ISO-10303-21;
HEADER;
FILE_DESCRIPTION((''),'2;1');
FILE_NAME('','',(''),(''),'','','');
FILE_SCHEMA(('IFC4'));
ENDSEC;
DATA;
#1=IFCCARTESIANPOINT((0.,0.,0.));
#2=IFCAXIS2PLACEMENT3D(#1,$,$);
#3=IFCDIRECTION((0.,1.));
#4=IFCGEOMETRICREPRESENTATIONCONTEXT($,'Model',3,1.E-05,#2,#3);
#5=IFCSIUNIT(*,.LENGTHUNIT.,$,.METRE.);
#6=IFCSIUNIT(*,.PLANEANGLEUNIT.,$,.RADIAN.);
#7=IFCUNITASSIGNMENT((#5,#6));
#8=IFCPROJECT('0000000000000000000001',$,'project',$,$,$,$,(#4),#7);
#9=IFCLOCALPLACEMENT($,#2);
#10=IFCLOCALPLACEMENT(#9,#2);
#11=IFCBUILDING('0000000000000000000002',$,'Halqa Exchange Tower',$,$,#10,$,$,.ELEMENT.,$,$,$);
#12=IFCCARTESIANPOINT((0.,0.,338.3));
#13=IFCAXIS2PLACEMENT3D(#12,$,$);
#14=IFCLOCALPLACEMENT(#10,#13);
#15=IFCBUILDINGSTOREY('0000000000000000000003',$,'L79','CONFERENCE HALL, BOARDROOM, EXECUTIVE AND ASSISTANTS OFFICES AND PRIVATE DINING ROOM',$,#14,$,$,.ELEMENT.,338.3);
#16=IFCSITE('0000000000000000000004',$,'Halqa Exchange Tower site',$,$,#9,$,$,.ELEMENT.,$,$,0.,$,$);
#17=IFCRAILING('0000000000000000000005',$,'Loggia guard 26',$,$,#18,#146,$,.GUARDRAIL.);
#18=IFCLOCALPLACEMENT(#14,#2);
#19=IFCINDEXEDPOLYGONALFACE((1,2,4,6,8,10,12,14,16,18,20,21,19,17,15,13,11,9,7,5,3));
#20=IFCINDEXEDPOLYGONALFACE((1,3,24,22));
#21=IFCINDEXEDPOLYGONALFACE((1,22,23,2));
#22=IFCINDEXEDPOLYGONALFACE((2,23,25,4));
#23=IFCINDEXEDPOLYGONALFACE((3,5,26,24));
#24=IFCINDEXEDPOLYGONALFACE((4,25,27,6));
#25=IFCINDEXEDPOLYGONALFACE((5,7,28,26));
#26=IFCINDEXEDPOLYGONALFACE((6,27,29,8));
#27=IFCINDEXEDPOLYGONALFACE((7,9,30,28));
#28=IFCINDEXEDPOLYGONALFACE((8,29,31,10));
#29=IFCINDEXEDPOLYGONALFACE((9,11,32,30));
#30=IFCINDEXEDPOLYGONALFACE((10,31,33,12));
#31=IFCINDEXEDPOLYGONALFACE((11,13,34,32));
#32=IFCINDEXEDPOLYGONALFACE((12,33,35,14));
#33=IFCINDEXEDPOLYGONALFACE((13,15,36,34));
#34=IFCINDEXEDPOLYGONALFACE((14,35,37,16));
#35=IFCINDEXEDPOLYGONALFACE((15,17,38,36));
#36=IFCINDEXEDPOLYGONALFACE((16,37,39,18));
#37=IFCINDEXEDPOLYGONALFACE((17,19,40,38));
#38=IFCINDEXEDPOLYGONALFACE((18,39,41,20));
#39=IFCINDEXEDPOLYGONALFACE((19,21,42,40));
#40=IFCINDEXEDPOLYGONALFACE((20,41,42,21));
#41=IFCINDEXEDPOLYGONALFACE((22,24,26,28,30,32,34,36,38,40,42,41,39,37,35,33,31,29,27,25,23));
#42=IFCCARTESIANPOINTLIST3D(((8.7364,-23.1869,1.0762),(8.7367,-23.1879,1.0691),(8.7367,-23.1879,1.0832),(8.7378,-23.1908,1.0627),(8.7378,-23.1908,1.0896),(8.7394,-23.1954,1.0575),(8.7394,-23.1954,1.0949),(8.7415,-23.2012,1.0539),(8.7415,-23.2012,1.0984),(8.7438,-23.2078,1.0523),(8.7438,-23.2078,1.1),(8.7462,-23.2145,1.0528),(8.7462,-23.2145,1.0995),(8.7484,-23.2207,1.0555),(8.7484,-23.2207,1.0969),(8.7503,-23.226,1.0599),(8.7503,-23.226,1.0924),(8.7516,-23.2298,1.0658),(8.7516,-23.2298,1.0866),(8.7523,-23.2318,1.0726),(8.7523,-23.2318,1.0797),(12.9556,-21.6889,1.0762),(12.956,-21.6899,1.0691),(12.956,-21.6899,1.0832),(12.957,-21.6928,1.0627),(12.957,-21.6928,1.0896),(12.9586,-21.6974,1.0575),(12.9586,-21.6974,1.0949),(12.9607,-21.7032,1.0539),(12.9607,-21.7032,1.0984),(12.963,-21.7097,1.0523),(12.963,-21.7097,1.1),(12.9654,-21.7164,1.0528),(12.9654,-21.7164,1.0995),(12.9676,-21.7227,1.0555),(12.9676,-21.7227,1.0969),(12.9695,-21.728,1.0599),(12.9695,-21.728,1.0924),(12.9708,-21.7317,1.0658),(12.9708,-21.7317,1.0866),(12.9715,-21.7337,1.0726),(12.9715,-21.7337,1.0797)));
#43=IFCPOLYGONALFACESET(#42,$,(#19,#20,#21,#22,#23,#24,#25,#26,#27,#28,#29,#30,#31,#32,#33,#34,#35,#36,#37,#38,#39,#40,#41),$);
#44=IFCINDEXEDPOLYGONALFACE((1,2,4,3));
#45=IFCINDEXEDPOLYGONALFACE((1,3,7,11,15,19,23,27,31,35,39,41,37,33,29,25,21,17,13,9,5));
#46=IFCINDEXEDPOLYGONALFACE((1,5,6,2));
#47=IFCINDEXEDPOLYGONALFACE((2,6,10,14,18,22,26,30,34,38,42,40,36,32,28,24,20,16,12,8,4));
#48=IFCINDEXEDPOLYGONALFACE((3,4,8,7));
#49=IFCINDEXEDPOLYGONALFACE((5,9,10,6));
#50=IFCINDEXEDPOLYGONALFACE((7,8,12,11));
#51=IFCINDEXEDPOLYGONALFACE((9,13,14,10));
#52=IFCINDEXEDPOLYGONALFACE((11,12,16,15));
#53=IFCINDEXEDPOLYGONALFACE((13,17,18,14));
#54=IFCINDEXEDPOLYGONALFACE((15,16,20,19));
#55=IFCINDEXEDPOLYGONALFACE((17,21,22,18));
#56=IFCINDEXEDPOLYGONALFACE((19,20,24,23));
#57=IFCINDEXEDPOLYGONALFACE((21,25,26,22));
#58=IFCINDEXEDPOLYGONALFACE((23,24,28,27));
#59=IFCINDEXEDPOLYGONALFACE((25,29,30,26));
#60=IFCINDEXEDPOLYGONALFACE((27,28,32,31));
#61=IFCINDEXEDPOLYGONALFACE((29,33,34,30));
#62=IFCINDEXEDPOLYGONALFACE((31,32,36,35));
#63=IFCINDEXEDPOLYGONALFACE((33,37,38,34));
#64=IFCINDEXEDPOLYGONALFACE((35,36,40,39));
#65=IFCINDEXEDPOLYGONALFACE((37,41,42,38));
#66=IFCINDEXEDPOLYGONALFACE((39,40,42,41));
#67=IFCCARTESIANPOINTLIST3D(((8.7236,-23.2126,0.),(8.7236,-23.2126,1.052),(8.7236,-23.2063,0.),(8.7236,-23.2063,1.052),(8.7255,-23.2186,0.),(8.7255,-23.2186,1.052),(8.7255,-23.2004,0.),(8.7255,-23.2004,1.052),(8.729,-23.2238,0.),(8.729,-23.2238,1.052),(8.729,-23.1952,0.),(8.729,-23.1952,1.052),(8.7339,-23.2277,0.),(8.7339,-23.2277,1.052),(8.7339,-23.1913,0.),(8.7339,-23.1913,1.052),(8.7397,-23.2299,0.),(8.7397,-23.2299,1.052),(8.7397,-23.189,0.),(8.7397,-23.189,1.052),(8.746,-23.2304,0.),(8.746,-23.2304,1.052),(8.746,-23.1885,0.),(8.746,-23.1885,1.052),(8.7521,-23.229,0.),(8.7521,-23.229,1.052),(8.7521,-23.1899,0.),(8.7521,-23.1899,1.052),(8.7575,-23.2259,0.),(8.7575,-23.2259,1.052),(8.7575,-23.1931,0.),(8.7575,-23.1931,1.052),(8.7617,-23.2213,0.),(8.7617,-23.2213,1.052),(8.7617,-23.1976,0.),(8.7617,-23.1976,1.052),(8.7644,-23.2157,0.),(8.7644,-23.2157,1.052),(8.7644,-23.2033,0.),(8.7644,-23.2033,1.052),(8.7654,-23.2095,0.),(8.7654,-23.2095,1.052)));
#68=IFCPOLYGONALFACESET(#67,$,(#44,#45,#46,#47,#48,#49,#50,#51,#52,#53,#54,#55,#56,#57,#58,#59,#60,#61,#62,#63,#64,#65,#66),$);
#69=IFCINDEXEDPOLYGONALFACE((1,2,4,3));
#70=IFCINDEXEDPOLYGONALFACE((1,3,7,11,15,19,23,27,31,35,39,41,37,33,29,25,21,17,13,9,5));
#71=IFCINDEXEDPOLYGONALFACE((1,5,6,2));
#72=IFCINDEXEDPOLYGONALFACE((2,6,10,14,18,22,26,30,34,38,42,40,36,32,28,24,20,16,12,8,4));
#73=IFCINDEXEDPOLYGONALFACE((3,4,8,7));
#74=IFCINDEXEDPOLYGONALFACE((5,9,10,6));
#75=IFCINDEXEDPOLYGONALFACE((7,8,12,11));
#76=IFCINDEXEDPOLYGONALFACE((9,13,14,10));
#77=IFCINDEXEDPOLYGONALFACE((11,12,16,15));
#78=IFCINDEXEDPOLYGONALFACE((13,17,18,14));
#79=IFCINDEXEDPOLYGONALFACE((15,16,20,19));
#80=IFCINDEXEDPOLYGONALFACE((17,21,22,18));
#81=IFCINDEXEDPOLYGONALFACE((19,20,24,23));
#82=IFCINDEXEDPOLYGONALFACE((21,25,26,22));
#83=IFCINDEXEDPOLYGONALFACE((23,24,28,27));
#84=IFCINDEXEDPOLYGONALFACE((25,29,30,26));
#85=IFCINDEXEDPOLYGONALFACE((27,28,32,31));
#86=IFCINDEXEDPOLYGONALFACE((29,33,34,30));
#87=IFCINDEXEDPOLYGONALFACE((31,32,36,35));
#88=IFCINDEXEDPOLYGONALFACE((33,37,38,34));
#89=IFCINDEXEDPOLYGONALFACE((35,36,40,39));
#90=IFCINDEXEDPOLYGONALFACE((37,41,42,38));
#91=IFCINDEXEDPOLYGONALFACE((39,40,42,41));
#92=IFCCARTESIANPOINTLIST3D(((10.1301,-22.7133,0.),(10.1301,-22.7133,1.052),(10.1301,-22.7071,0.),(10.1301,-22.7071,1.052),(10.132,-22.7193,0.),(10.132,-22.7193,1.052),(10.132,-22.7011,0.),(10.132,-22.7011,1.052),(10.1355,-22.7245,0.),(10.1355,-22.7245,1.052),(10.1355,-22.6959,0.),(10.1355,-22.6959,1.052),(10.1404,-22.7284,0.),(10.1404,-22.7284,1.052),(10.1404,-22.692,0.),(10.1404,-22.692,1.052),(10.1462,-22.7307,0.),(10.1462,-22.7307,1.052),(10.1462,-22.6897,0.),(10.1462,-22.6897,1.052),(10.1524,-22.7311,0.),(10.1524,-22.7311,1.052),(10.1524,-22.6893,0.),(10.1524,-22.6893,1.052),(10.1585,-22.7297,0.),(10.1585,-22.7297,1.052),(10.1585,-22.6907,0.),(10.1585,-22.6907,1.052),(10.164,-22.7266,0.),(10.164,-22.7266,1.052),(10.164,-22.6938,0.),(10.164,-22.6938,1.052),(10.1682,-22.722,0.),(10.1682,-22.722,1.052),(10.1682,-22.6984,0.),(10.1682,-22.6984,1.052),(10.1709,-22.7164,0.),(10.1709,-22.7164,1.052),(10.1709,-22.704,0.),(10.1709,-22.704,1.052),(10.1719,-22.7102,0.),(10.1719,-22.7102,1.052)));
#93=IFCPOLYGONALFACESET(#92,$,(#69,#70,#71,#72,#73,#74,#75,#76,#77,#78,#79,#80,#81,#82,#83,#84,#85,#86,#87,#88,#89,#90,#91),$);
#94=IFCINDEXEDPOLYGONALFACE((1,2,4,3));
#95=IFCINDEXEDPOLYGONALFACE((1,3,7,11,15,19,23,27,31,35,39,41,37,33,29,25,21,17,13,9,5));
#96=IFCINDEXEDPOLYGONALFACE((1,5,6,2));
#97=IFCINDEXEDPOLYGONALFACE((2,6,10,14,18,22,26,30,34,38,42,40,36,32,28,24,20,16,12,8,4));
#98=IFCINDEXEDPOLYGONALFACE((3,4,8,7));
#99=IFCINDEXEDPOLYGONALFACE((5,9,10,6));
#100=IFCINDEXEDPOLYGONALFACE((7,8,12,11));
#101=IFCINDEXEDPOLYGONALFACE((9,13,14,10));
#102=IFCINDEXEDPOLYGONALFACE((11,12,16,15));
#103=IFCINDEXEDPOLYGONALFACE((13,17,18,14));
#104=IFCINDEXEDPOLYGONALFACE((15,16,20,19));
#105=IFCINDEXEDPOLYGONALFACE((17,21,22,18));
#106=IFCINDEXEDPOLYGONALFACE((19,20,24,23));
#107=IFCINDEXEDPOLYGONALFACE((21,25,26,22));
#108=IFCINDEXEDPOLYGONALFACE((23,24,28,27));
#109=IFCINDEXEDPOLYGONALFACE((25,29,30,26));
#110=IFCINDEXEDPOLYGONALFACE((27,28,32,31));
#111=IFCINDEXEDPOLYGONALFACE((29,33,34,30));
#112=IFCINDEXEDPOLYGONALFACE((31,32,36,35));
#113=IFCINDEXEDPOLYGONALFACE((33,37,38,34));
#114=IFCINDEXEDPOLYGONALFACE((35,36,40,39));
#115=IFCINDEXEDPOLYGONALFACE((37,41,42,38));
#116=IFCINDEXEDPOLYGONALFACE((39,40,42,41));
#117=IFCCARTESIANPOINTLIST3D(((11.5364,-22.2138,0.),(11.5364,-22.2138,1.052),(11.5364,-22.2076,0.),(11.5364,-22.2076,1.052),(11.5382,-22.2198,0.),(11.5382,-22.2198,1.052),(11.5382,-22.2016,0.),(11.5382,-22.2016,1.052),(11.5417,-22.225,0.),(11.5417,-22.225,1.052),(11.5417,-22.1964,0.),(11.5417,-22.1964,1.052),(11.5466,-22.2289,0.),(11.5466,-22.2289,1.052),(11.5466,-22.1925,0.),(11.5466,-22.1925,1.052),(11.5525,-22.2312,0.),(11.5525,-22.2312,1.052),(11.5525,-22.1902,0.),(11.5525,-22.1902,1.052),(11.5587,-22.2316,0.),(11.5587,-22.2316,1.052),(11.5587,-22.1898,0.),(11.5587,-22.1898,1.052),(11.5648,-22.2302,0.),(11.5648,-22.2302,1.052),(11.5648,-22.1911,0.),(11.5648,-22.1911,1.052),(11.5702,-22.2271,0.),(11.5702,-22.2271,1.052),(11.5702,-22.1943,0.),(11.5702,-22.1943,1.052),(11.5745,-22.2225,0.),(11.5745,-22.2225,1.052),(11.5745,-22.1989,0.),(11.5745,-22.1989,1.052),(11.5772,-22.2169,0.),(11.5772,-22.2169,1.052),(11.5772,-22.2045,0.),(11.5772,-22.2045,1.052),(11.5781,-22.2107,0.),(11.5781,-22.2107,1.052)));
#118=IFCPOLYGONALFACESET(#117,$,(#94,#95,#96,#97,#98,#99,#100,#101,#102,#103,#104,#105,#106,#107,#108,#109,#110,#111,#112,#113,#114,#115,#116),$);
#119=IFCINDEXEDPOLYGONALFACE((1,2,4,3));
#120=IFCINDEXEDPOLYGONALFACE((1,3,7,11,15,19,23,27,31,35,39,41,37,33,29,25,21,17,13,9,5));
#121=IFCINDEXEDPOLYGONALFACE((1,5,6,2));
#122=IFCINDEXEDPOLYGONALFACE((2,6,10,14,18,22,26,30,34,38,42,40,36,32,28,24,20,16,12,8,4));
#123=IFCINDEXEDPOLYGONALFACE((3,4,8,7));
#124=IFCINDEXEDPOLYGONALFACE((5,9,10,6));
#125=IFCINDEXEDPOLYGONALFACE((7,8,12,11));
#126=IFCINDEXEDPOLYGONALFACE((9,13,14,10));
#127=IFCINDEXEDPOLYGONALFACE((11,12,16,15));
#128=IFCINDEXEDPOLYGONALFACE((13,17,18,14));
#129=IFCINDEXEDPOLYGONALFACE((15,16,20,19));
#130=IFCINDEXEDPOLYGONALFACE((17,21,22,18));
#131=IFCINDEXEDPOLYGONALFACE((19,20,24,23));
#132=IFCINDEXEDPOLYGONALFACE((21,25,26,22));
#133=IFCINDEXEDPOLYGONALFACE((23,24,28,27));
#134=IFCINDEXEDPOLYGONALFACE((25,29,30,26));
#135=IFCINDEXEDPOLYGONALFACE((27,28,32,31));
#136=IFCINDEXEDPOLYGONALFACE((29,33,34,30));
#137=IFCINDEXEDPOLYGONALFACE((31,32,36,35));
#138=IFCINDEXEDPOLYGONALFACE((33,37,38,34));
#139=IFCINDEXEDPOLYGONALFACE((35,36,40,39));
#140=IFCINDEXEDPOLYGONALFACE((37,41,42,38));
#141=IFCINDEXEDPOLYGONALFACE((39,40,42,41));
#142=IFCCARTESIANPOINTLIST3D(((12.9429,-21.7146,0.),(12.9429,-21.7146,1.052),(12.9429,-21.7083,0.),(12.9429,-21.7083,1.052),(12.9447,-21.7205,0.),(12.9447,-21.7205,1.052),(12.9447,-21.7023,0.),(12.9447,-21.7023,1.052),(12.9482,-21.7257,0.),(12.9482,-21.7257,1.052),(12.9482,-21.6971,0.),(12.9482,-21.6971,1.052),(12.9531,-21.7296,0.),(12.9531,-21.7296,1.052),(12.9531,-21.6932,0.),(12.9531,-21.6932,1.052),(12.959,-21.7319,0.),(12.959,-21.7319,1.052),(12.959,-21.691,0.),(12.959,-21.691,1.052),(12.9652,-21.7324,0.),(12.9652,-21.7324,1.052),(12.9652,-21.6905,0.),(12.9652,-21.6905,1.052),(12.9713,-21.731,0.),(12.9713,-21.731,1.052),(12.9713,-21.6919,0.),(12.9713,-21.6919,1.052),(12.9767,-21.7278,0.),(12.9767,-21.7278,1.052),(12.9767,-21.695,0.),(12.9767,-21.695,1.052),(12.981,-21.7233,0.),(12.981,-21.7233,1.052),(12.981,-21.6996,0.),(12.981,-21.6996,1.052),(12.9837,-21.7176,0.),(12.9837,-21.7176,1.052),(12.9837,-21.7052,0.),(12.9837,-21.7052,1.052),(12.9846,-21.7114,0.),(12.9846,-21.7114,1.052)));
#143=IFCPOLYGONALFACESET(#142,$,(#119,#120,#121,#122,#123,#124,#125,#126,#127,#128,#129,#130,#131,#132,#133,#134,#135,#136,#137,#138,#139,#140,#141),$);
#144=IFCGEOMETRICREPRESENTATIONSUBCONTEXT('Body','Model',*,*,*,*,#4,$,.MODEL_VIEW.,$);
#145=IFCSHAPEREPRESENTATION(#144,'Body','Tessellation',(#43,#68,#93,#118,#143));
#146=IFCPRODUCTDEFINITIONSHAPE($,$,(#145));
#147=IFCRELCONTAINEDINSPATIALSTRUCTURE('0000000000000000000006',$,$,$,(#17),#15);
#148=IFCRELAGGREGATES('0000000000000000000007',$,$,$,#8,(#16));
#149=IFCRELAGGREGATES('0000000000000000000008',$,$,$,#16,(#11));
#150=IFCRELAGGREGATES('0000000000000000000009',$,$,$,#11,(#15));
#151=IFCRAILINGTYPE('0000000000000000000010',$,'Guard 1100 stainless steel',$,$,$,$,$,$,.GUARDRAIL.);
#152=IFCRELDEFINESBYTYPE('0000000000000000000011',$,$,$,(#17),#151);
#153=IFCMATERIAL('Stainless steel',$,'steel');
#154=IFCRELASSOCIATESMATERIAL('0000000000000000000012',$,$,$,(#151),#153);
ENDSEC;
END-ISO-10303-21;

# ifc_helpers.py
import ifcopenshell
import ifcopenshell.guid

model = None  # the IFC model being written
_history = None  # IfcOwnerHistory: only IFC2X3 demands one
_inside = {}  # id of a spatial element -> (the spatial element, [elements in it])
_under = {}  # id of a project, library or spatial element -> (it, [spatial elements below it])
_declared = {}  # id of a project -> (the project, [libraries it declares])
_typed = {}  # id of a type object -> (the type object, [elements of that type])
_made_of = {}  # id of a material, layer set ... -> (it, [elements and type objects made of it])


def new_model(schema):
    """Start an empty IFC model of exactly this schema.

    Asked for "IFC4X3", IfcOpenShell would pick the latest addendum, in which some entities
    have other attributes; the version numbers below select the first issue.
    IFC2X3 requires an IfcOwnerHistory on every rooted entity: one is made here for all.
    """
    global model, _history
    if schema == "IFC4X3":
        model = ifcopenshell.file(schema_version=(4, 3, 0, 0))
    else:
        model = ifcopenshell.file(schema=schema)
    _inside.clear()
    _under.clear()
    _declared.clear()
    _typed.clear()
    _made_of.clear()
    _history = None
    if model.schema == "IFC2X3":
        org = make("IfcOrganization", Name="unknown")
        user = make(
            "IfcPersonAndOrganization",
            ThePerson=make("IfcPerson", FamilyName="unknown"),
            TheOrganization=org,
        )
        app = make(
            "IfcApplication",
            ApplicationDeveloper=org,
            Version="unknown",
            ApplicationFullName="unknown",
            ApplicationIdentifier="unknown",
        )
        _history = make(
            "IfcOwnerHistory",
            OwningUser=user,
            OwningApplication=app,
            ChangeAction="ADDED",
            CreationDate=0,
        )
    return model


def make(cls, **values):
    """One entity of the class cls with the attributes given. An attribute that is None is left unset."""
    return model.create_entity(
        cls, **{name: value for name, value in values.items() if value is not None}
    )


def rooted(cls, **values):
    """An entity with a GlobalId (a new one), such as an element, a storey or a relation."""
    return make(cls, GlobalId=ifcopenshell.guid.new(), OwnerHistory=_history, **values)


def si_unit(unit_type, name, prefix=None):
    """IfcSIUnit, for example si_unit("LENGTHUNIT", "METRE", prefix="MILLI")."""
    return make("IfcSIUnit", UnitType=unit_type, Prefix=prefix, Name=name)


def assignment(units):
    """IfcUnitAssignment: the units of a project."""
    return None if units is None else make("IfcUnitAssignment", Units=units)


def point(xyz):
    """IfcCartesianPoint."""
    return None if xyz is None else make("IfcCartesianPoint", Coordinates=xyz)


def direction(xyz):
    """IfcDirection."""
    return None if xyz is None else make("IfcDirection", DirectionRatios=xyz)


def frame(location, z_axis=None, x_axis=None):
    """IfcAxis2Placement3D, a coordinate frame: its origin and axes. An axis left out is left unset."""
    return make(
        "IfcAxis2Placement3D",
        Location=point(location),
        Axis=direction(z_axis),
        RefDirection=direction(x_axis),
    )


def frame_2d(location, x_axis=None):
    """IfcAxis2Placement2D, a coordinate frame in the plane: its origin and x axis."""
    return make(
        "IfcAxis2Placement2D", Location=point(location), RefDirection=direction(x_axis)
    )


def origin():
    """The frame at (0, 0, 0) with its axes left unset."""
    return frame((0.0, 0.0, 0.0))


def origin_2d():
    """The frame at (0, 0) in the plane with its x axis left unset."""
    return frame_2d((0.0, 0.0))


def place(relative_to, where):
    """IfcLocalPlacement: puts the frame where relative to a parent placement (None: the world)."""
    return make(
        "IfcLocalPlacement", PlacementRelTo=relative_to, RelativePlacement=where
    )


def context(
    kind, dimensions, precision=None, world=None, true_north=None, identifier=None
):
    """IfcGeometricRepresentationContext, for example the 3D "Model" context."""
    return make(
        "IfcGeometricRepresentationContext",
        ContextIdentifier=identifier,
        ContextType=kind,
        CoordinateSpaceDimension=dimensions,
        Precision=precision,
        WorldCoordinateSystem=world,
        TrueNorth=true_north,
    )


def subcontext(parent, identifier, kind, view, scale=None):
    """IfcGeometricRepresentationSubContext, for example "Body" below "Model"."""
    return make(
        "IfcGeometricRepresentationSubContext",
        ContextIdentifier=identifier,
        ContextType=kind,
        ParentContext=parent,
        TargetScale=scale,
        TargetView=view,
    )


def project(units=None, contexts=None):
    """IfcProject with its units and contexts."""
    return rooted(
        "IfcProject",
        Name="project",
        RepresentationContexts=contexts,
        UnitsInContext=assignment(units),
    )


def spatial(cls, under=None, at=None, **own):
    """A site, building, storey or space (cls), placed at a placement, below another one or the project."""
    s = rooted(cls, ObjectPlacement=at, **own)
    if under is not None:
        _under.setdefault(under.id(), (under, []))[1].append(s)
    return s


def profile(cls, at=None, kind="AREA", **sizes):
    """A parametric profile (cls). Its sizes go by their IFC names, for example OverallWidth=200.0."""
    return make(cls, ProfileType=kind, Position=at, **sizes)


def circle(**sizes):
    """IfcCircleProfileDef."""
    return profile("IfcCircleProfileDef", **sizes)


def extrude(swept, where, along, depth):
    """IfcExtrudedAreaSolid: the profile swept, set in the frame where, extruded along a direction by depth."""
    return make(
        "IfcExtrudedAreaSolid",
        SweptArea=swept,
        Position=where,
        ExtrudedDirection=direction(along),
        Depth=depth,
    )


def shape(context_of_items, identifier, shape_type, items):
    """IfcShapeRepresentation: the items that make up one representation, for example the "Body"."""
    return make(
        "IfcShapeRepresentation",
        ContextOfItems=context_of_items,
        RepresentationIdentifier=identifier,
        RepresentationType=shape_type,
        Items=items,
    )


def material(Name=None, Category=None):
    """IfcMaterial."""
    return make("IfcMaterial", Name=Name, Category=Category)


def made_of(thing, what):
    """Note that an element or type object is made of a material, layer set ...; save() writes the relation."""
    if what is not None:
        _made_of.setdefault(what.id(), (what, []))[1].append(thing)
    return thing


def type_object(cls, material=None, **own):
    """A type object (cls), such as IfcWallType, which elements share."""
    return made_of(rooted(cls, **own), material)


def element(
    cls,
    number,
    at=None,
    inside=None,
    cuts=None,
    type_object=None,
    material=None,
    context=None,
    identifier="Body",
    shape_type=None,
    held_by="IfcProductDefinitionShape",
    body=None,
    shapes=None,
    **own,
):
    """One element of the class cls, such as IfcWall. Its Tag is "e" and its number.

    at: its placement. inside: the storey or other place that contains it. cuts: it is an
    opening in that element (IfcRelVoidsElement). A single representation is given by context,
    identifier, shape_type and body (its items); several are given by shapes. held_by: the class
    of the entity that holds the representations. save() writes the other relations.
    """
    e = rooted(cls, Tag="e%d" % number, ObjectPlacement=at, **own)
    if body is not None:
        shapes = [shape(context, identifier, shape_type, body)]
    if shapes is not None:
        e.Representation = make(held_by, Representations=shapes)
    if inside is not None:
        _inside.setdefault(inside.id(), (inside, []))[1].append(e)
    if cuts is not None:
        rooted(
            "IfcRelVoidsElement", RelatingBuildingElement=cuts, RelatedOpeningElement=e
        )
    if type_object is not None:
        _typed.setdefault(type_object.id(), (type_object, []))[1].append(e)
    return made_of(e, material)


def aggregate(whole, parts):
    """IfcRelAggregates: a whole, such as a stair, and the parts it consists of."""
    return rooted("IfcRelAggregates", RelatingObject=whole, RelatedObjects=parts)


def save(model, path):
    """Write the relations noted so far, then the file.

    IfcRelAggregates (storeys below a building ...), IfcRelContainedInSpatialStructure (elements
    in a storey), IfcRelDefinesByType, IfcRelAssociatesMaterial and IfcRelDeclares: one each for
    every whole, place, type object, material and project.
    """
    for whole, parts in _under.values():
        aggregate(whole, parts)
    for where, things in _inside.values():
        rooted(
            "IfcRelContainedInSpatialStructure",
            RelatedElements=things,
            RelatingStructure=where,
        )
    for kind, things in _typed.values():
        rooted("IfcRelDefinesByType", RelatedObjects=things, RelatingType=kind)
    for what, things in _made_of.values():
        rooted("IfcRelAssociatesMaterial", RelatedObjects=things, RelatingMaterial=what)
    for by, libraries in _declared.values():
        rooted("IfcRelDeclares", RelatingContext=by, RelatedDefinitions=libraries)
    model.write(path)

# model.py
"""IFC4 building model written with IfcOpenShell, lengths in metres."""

from ifc_helpers import new_model, si_unit, direction, frame, origin, origin_2d, place, context, subcontext, project, spatial, circle, extrude, material, type_object, element, save


model = new_model("IFC4")

# Units and contexts
model_context = context("Model", 3, precision=1e-05, world=origin(), true_north=direction((0.0, 1.0)))
body_context = subcontext(model_context, "Body", "Model", "MODEL_VIEW")
ifc_project = project(units=[si_unit("LENGTHUNIT", "METRE"), si_unit("PLANEANGLEUNIT", "RADIAN")], contexts=[model_context])

# Site, building, storey
site_placement = place(None, origin())
site = spatial("IfcSite", under=ifc_project, at=site_placement, Name="Halqa Exchange Tower site", CompositionType="ELEMENT", RefElevation=0.0)
building_placement = place(site_placement, origin())
building = spatial("IfcBuilding", under=site, at=building_placement, Name="Halqa Exchange Tower", CompositionType="ELEMENT")
storey_placement = place(building_placement, frame((0.0, 0.0, 338.3)))
storey = spatial("IfcBuildingStorey", under=building, at=storey_placement, Name="L79", Description="CONFERENCE HALL, BOARDROOM, EXECUTIVE AND ASSISTANTS OFFICES AND PRIVATE DINING ROOM", CompositionType="ELEMENT", Elevation=338.3)

# Railing
ifc_material_1 = material(Name="Stainless steel", Category="steel")
railing_type = type_object("IfcRailingType", Name="Guard 1100 stainless steel", PredefinedType="GUARDRAIL", material=ifc_material_1)
railing_1_placement = place(storey_placement, frame((8.7444, -23.2095, 0.0)))
element("IfcRailing", 1, at=railing_1_placement, inside=storey, type_object=railing_type, Name="Loggia guard 26", PredefinedType="GUARDRAIL", context=body_context, shape_type="SweptSolid", body=[
    extrude(circle(Radius=0.0239, at=origin_2d()), frame((0.0, 0.0, 1.0762), z_axis=(0.942365, 0.334588, 0.0), x_axis=(-0.334588, 0.942365, 0.0)), (0.0, 0.0, 1.0), 4.4773),
    extrude(circle(Radius=0.021, at=origin_2d()), origin(), (0.0, 0.0, 1.0), 1.052),
    extrude(circle(Radius=0.021, at=origin_2d()), frame((1.4065, 0.4993, 0.0)), (0.0, 0.0, 1.0), 1.052),
    extrude(circle(Radius=0.021, at=origin_2d()), frame((2.8127, 0.9988, 0.0)), (0.0, 0.0, 1.0), 1.052),
    extrude(circle(Radius=0.021, at=origin_2d()), frame((4.2192, 1.498, 0.0)), (0.0, 0.0, 1.0), 1.052),
])

save(model, "model.ifc")
